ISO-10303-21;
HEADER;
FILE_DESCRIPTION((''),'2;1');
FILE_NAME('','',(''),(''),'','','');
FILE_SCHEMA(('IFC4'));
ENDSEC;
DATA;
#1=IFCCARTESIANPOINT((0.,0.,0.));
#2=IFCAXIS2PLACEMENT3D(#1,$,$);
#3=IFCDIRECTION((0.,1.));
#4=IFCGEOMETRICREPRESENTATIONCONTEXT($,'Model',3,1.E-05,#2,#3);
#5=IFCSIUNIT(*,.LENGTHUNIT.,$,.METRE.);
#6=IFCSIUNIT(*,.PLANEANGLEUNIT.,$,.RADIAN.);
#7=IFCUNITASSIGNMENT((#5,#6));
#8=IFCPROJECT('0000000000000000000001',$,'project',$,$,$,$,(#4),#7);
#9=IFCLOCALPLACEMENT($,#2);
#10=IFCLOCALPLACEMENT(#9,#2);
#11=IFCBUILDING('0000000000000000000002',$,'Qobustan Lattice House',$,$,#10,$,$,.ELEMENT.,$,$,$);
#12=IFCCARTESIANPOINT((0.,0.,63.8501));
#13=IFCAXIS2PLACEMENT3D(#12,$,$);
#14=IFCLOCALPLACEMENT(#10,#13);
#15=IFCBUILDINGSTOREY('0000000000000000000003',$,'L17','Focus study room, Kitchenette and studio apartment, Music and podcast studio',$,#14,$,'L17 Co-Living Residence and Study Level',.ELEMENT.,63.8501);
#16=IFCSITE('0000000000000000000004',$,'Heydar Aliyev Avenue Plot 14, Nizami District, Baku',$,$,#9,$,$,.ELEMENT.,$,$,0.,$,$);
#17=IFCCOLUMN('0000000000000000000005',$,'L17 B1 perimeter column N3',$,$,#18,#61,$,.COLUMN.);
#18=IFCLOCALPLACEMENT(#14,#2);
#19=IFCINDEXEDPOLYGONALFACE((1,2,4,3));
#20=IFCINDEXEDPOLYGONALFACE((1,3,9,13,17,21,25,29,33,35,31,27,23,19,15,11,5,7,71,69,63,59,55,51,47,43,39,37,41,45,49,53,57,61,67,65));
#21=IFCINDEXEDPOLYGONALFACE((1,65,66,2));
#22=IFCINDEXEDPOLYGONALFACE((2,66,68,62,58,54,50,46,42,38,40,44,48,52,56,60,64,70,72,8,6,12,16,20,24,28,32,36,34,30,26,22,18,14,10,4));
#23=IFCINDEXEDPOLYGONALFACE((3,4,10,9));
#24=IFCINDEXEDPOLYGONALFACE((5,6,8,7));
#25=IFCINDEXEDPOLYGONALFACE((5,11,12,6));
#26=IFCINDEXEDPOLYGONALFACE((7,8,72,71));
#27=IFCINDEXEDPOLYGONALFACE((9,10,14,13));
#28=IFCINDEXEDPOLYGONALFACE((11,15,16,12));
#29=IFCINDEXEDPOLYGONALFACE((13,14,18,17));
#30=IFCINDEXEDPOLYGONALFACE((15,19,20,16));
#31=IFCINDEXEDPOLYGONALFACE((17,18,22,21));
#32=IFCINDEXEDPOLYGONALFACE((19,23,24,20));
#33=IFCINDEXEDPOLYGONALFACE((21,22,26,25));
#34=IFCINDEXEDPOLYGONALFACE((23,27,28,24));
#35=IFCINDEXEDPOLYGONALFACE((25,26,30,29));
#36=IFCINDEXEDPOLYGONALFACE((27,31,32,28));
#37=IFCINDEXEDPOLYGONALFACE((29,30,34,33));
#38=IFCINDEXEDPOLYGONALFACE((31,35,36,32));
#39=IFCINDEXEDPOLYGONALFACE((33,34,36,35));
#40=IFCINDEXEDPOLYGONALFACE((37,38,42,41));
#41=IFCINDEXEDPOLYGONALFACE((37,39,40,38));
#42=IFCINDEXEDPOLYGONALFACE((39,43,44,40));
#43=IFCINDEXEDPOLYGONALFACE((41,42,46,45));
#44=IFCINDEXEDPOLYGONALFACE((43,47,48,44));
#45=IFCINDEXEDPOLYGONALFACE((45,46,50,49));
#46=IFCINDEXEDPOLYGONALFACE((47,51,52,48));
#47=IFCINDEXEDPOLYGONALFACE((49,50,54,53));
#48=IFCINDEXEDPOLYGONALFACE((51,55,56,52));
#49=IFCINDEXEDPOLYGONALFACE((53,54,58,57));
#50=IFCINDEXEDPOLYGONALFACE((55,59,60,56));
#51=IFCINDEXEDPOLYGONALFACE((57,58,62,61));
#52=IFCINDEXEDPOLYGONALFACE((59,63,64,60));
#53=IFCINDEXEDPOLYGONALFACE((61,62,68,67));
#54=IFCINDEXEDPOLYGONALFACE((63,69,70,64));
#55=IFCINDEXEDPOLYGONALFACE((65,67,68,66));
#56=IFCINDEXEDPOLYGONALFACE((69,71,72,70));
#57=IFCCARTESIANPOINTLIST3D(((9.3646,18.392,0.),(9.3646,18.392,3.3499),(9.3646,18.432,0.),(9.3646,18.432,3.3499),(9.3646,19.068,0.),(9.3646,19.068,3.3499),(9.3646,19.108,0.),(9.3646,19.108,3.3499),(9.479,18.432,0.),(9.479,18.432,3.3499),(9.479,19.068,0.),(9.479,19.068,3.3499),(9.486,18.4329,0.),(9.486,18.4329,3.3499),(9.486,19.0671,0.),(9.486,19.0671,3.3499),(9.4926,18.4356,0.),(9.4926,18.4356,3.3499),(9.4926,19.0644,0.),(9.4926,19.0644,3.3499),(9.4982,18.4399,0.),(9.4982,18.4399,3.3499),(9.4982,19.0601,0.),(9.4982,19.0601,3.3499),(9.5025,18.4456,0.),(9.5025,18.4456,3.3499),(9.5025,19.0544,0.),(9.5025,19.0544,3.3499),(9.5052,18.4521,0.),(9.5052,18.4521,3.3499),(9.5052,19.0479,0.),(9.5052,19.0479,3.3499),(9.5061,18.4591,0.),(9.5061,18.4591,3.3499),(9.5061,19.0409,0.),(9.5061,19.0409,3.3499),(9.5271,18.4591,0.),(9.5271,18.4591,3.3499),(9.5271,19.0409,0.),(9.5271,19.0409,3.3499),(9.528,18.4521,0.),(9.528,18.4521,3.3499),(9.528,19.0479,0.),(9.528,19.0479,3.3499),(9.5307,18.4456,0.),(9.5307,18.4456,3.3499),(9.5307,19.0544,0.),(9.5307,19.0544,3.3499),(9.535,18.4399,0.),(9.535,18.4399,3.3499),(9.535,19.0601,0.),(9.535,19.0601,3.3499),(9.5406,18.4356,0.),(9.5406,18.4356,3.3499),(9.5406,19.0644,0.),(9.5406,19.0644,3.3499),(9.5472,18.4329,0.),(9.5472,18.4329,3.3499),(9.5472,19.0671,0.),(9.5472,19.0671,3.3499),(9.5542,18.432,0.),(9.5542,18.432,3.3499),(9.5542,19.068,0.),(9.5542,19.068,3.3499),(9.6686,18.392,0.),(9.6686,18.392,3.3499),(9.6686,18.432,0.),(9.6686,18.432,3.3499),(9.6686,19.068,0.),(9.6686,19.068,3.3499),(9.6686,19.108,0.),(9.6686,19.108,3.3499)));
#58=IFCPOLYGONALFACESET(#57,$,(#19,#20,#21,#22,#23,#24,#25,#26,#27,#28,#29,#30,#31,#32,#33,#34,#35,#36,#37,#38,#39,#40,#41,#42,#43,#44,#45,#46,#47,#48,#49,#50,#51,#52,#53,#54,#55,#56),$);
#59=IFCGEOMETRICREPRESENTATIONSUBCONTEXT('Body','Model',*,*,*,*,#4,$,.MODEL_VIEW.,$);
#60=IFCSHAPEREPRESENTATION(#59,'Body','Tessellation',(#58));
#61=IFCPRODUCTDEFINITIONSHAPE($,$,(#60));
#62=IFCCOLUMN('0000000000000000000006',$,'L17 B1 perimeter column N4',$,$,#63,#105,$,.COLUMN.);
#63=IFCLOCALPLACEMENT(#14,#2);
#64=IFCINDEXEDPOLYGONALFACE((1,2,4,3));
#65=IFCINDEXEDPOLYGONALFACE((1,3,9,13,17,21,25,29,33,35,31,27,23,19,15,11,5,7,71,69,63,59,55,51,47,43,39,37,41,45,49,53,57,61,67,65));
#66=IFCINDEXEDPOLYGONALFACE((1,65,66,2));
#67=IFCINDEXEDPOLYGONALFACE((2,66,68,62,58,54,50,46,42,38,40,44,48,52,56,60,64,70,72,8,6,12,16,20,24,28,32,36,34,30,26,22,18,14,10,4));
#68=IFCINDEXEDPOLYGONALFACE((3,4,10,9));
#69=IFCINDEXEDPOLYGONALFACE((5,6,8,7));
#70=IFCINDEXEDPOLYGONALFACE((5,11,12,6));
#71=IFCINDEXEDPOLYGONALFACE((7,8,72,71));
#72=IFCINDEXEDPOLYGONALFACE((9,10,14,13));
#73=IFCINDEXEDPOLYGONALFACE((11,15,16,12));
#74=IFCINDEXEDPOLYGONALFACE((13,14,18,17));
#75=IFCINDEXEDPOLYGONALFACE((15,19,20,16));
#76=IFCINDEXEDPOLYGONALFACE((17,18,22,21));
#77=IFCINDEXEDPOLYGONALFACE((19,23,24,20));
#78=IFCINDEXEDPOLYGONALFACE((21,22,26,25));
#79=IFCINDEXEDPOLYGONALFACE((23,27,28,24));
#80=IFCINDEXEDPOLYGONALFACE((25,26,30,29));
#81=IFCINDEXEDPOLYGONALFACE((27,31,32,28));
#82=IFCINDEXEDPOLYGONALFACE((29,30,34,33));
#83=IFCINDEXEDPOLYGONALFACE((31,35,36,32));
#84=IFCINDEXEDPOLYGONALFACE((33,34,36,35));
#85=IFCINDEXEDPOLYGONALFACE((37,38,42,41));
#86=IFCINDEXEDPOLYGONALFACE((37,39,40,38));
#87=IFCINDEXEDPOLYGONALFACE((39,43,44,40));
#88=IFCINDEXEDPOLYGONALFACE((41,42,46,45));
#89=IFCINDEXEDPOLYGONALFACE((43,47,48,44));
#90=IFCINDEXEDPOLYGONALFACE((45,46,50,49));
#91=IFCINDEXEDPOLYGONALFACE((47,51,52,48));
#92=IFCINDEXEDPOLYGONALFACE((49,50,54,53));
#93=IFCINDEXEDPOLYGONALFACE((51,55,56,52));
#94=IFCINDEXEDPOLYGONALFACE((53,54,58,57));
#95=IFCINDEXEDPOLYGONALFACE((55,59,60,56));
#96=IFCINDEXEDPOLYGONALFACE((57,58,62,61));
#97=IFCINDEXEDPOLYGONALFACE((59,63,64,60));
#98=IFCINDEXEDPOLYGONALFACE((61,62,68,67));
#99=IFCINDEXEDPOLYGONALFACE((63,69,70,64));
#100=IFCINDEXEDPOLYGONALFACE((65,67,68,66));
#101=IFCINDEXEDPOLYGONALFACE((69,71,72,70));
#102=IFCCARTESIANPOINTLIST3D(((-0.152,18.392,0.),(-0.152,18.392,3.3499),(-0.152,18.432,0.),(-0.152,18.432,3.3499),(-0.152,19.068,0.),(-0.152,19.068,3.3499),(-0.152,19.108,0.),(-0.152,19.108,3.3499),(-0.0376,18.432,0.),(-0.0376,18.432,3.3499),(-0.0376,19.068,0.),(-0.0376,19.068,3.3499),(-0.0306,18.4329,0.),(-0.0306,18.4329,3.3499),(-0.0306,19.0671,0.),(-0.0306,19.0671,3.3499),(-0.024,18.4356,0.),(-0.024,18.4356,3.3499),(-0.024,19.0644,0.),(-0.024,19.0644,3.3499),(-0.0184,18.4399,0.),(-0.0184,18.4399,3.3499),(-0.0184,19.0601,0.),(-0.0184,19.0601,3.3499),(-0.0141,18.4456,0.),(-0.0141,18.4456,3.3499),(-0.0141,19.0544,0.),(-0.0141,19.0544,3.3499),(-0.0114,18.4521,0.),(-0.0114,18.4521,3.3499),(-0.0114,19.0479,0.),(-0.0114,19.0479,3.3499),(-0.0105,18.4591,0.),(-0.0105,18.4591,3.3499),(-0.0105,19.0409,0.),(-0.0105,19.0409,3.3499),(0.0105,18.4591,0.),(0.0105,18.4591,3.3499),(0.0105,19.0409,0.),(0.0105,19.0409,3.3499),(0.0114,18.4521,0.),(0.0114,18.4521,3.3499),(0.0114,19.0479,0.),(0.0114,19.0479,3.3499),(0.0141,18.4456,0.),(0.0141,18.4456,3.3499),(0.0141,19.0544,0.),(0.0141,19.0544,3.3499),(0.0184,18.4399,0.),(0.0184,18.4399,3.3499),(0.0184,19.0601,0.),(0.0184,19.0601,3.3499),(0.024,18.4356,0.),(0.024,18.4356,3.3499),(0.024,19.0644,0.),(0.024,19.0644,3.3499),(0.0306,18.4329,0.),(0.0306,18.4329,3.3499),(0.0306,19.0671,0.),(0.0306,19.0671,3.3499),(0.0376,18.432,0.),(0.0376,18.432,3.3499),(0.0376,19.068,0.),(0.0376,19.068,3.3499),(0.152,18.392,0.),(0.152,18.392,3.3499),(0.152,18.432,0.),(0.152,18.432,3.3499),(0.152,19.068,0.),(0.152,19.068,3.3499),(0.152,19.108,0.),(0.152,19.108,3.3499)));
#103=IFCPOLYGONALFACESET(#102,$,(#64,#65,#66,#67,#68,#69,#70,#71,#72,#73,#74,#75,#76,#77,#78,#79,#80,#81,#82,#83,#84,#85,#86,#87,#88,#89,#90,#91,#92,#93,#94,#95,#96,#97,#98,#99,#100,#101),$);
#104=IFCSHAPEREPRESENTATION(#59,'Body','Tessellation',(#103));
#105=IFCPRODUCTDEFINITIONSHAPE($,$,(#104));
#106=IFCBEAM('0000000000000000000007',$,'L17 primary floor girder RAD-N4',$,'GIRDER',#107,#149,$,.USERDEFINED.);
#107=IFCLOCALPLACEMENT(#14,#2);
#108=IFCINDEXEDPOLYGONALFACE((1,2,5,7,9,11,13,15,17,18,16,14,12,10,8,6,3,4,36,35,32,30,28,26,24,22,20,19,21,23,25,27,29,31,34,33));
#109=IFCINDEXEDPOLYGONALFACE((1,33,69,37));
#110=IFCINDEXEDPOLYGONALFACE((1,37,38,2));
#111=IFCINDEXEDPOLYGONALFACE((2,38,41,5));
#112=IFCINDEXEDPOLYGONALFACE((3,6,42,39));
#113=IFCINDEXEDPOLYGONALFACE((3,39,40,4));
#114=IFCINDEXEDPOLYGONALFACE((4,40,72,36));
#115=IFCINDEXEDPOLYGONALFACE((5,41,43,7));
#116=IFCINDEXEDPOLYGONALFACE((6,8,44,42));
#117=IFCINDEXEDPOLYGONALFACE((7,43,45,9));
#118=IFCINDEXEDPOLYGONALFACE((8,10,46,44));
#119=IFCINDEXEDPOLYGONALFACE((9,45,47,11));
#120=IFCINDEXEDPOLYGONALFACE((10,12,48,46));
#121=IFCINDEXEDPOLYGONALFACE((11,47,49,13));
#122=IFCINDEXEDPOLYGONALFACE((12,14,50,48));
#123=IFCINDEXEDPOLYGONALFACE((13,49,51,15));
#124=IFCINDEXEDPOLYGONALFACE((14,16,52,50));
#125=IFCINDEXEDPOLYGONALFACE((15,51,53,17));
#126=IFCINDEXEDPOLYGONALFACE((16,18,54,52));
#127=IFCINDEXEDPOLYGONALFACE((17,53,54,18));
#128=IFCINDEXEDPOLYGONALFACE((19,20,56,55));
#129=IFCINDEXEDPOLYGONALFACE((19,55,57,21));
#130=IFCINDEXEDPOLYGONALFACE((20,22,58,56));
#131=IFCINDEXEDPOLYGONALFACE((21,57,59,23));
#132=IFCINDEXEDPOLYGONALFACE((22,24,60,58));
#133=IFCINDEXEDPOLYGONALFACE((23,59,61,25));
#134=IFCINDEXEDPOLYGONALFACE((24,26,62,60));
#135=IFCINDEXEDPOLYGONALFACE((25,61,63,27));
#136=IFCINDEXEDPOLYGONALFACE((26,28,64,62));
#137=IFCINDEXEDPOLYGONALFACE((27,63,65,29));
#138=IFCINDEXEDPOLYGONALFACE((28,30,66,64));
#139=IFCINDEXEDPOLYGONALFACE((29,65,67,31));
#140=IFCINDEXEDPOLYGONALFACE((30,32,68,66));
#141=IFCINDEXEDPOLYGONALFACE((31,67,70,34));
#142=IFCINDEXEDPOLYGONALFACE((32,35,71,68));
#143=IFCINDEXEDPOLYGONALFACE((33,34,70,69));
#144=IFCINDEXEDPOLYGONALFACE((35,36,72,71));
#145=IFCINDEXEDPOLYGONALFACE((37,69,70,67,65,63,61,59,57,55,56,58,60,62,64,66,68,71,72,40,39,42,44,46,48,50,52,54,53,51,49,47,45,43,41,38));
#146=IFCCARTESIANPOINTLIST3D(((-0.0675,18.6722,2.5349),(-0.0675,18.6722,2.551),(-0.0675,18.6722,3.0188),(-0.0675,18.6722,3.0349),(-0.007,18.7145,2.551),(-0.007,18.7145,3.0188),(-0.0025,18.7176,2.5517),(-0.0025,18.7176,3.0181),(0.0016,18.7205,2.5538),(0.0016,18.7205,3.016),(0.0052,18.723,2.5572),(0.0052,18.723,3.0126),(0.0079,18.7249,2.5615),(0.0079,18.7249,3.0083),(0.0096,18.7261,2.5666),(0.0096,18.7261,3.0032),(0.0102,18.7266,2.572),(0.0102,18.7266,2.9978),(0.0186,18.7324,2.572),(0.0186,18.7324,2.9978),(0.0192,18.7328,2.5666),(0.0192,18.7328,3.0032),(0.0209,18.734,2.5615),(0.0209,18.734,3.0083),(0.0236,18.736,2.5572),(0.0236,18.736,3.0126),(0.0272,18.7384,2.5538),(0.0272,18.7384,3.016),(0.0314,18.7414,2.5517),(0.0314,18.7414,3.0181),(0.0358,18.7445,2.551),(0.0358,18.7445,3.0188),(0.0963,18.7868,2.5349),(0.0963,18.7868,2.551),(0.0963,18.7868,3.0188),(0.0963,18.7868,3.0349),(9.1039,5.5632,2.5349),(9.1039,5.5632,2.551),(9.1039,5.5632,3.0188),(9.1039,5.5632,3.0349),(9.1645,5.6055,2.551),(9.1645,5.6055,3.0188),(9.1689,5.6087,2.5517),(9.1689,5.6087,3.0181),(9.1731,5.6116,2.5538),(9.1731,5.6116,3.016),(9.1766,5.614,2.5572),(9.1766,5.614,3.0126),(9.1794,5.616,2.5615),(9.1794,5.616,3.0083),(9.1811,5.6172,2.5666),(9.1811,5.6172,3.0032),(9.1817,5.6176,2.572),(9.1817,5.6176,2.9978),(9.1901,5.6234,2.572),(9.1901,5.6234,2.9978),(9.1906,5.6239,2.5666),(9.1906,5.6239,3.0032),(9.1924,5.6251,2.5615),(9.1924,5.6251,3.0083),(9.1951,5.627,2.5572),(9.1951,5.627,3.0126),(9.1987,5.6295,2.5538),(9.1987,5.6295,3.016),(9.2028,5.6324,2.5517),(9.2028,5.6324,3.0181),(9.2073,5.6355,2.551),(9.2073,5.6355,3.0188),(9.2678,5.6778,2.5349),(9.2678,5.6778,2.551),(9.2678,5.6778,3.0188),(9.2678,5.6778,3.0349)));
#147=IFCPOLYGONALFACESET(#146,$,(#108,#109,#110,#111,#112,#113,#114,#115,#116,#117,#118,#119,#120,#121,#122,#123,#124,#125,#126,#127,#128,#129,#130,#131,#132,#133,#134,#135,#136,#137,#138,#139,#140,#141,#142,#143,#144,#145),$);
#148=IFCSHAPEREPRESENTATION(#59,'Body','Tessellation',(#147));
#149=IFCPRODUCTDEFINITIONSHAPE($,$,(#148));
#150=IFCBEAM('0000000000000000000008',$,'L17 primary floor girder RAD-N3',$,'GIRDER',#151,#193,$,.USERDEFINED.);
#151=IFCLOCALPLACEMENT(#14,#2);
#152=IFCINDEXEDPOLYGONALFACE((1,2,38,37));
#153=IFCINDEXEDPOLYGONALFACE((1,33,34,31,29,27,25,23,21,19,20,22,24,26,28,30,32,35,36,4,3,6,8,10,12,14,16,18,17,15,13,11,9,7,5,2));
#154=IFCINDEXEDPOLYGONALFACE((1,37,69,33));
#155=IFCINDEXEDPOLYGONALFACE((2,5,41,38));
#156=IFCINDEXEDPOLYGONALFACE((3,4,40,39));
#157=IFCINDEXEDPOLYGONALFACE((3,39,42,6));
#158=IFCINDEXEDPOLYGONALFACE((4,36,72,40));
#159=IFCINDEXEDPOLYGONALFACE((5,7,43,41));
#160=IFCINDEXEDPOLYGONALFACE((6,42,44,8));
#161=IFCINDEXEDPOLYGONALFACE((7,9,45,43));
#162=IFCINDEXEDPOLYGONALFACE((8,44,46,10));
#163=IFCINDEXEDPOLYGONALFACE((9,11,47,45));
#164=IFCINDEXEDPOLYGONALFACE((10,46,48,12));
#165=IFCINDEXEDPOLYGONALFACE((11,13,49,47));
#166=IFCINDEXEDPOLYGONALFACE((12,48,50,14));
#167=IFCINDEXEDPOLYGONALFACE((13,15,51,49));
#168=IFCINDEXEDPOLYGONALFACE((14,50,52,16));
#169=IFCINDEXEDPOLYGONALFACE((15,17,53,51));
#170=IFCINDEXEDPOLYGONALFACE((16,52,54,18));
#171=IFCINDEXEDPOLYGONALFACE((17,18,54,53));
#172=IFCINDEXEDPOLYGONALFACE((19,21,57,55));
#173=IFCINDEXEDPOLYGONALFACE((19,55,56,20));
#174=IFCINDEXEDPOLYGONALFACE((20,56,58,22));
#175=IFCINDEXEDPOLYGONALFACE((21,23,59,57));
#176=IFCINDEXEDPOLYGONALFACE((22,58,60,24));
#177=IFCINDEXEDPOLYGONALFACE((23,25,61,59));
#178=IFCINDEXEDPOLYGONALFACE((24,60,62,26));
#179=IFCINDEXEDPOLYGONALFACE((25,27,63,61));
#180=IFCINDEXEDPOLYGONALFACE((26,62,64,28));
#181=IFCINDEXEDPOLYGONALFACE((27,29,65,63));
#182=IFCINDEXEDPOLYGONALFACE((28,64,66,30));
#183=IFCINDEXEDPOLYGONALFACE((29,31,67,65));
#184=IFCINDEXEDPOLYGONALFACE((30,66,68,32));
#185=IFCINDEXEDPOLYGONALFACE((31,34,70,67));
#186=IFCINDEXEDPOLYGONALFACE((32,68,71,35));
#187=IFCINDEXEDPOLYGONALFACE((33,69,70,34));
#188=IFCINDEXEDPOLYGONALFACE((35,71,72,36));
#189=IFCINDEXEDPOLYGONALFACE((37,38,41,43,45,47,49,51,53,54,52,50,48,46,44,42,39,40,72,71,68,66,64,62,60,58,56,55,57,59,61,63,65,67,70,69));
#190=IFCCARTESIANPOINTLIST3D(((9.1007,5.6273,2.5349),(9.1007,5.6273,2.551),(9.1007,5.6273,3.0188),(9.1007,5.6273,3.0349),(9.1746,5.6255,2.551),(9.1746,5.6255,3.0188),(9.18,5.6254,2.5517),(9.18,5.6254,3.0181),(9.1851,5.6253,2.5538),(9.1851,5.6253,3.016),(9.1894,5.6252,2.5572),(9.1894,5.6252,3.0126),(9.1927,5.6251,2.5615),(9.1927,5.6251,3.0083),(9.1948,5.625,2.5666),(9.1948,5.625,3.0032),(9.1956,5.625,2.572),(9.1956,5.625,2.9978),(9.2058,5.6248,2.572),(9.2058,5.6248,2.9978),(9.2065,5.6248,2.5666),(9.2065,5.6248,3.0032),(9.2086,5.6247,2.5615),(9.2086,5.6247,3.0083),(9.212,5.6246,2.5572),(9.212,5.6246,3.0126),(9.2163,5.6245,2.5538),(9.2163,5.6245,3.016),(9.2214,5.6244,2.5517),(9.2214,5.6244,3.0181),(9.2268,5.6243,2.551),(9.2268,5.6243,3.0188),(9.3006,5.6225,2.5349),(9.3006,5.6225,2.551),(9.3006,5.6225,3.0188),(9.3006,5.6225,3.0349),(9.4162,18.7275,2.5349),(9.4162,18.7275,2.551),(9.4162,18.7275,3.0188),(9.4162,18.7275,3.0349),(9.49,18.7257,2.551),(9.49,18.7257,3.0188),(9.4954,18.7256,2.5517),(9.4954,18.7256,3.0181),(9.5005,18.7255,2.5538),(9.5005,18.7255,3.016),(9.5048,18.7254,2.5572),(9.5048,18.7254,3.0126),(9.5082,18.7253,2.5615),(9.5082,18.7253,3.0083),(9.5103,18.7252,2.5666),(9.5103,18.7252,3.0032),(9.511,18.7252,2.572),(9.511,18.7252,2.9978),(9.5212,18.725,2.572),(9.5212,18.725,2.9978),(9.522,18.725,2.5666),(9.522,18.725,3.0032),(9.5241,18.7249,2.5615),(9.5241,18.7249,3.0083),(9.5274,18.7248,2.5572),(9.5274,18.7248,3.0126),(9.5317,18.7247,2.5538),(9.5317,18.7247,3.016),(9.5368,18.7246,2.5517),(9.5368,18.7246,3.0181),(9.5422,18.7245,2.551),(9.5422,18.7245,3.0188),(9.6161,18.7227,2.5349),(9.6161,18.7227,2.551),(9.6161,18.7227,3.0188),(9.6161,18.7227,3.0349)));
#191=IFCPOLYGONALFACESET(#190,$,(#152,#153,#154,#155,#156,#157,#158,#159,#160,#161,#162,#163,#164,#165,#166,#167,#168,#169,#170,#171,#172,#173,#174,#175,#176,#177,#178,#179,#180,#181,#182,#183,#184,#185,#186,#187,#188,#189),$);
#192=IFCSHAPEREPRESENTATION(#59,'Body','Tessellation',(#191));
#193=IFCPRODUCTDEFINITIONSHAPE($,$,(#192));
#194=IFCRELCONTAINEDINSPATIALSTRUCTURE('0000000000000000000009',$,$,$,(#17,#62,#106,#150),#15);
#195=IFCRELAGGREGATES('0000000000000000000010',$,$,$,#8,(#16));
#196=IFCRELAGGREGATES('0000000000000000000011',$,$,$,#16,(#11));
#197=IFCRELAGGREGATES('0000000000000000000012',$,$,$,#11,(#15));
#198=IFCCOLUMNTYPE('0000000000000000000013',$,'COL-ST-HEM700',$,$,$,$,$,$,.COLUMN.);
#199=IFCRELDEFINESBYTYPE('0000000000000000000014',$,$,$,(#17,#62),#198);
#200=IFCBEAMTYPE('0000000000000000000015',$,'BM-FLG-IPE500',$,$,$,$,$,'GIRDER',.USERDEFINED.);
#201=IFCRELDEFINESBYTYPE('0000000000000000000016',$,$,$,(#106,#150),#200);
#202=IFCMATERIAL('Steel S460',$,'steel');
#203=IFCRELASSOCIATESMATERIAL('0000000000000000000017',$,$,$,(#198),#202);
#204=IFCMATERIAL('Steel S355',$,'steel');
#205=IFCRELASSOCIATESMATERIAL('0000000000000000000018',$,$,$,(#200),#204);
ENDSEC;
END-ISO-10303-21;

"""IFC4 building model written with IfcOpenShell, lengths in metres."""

from ifc_helpers import new_model, si_unit, direction, frame, origin, origin_2d, place, context, subcontext, project, spatial, i_section, extrude, material, material_profile, profile_set, type_object, element, save


model = new_model("IFC4")

# Units and contexts
model_context = context("Model", 3, precision=1e-05, world=origin(), true_north=direction((0.0, 1.0)))
body_context = subcontext(model_context, "Body", "Model", "MODEL_VIEW")
ifc_project = project(units=[si_unit("LENGTHUNIT", "METRE"), si_unit("PLANEANGLEUNIT", "RADIAN")], contexts=[model_context])

# Site, building, storey
site_placement = place(None, origin())
site = spatial("IfcSite", under=ifc_project, at=site_placement, Name="Heydar Aliyev Avenue Plot 14, Nizami District, Baku", CompositionType="ELEMENT", RefElevation=0.0)
building_placement = place(site_placement, origin())
building = spatial("IfcBuilding", under=site, at=building_placement, Name="Qobustan Lattice House", CompositionType="ELEMENT")
storey_placement = place(building_placement, frame((0.0, 0.0, 63.8501)))
storey = spatial("IfcBuildingStorey", under=building, at=storey_placement, Name="L17", Description="Focus study room, Kitchenette and studio apartment, Music and podcast studio", LongName="L17 Co-Living Residence and Study Level", CompositionType="ELEMENT", Elevation=63.8501)

# Columns
ifc_material_1 = material(Name="Steel S460", Category="steel")
ifc_material_profile_1 = material_profile(ifc_material_1, i_section(OverallWidth=0.304, OverallDepth=0.7161, WebThickness=0.021, FlangeThickness=0.04, FilletRadius=0.0271, at=origin_2d()), Name="HEM700")
ifc_profile_set_1 = profile_set([ifc_material_profile_1], Name="Steel S460")
column_type = type_object("IfcColumnType", Name="COL-ST-HEM700", PredefinedType="COLUMN", material=ifc_profile_set_1)
for number, where, z_axis, x_axis, name in (
    (1, (9.5166, 18.75, 0.0), (0.0, 0.0, 1.0), (1.0, 0.0, 0.0), "L17 B1 perimeter column N3"),
    (2, (0.0, 18.75, 0.0), (0.0, 0.0, 1.0), (1.0, 0.0, 0.0), "L17 B1 perimeter column N4"),
):
    element("IfcColumn", number, at=place(storey_placement, frame(where, z_axis=z_axis, x_axis=x_axis)), inside=storey, type_object=column_type, Name=name, PredefinedType="COLUMN", context=body_context, shape_type="SweptSolid", body=[
        extrude(i_section(OverallWidth=0.304, OverallDepth=0.7161, WebThickness=0.021, FlangeThickness=0.04, FilletRadius=0.0271, at=origin_2d()), origin(), (0.0, 0.0, 1.0), 3.3499),
    ])

# Beams
ifc_material_2 = material(Name="Steel S355", Category="steel")
ifc_material_profile_2 = material_profile(ifc_material_2, i_section(OverallWidth=0.2, OverallDepth=0.5, WebThickness=0.0103, FlangeThickness=0.0161, FilletRadius=0.021, at=origin_2d()), Name="IPE500")
ifc_profile_set_2 = profile_set([ifc_material_profile_2], Name="Steel S355")
beam_type_1 = type_object("IfcBeamType", Name="BM-FLG-IPE500", ElementType="GIRDER", PredefinedType="USERDEFINED", material=ifc_profile_set_2)
beam_1_placement = place(storey_placement, frame((0.0144, 18.7295, 2.7849), z_axis=(0.57326, -0.819374, 0.0), x_axis=(0.819374, 0.57326, 0.0)))
element("IfcBeam", 3, at=beam_1_placement, inside=storey, type_object=beam_type_1, Name="L17 primary floor girder RAD-N4", ObjectType="GIRDER", PredefinedType="USERDEFINED", context=body_context, shape_type="SweptSolid", body=[
    extrude(i_section(OverallWidth=0.2, OverallDepth=0.5, WebThickness=0.0103, FlangeThickness=0.0161, FilletRadius=0.021, at=origin_2d()), origin(), (0.0, 0.0, 1.0), 15.9988),
])
beam_2_placement = place(storey_placement, frame((9.5161, 18.7251, 2.7849), z_axis=(-0.024071, -0.99971, 0.0), x_axis=(0.99971, -0.024071, 0.0)))
element("IfcBeam", 4, at=beam_2_placement, inside=storey, type_object=beam_type_1, Name="L17 primary floor girder RAD-N3", ObjectType="GIRDER", PredefinedType="USERDEFINED", context=body_context, shape_type="SweptSolid", body=[
    extrude(i_section(OverallWidth=0.2, OverallDepth=0.5, WebThickness=0.0103, FlangeThickness=0.0161, FilletRadius=0.021, at=origin_2d()), origin(), (0.0, 0.0, 1.0), 13.104),
])

save(model, "model.ifc")
